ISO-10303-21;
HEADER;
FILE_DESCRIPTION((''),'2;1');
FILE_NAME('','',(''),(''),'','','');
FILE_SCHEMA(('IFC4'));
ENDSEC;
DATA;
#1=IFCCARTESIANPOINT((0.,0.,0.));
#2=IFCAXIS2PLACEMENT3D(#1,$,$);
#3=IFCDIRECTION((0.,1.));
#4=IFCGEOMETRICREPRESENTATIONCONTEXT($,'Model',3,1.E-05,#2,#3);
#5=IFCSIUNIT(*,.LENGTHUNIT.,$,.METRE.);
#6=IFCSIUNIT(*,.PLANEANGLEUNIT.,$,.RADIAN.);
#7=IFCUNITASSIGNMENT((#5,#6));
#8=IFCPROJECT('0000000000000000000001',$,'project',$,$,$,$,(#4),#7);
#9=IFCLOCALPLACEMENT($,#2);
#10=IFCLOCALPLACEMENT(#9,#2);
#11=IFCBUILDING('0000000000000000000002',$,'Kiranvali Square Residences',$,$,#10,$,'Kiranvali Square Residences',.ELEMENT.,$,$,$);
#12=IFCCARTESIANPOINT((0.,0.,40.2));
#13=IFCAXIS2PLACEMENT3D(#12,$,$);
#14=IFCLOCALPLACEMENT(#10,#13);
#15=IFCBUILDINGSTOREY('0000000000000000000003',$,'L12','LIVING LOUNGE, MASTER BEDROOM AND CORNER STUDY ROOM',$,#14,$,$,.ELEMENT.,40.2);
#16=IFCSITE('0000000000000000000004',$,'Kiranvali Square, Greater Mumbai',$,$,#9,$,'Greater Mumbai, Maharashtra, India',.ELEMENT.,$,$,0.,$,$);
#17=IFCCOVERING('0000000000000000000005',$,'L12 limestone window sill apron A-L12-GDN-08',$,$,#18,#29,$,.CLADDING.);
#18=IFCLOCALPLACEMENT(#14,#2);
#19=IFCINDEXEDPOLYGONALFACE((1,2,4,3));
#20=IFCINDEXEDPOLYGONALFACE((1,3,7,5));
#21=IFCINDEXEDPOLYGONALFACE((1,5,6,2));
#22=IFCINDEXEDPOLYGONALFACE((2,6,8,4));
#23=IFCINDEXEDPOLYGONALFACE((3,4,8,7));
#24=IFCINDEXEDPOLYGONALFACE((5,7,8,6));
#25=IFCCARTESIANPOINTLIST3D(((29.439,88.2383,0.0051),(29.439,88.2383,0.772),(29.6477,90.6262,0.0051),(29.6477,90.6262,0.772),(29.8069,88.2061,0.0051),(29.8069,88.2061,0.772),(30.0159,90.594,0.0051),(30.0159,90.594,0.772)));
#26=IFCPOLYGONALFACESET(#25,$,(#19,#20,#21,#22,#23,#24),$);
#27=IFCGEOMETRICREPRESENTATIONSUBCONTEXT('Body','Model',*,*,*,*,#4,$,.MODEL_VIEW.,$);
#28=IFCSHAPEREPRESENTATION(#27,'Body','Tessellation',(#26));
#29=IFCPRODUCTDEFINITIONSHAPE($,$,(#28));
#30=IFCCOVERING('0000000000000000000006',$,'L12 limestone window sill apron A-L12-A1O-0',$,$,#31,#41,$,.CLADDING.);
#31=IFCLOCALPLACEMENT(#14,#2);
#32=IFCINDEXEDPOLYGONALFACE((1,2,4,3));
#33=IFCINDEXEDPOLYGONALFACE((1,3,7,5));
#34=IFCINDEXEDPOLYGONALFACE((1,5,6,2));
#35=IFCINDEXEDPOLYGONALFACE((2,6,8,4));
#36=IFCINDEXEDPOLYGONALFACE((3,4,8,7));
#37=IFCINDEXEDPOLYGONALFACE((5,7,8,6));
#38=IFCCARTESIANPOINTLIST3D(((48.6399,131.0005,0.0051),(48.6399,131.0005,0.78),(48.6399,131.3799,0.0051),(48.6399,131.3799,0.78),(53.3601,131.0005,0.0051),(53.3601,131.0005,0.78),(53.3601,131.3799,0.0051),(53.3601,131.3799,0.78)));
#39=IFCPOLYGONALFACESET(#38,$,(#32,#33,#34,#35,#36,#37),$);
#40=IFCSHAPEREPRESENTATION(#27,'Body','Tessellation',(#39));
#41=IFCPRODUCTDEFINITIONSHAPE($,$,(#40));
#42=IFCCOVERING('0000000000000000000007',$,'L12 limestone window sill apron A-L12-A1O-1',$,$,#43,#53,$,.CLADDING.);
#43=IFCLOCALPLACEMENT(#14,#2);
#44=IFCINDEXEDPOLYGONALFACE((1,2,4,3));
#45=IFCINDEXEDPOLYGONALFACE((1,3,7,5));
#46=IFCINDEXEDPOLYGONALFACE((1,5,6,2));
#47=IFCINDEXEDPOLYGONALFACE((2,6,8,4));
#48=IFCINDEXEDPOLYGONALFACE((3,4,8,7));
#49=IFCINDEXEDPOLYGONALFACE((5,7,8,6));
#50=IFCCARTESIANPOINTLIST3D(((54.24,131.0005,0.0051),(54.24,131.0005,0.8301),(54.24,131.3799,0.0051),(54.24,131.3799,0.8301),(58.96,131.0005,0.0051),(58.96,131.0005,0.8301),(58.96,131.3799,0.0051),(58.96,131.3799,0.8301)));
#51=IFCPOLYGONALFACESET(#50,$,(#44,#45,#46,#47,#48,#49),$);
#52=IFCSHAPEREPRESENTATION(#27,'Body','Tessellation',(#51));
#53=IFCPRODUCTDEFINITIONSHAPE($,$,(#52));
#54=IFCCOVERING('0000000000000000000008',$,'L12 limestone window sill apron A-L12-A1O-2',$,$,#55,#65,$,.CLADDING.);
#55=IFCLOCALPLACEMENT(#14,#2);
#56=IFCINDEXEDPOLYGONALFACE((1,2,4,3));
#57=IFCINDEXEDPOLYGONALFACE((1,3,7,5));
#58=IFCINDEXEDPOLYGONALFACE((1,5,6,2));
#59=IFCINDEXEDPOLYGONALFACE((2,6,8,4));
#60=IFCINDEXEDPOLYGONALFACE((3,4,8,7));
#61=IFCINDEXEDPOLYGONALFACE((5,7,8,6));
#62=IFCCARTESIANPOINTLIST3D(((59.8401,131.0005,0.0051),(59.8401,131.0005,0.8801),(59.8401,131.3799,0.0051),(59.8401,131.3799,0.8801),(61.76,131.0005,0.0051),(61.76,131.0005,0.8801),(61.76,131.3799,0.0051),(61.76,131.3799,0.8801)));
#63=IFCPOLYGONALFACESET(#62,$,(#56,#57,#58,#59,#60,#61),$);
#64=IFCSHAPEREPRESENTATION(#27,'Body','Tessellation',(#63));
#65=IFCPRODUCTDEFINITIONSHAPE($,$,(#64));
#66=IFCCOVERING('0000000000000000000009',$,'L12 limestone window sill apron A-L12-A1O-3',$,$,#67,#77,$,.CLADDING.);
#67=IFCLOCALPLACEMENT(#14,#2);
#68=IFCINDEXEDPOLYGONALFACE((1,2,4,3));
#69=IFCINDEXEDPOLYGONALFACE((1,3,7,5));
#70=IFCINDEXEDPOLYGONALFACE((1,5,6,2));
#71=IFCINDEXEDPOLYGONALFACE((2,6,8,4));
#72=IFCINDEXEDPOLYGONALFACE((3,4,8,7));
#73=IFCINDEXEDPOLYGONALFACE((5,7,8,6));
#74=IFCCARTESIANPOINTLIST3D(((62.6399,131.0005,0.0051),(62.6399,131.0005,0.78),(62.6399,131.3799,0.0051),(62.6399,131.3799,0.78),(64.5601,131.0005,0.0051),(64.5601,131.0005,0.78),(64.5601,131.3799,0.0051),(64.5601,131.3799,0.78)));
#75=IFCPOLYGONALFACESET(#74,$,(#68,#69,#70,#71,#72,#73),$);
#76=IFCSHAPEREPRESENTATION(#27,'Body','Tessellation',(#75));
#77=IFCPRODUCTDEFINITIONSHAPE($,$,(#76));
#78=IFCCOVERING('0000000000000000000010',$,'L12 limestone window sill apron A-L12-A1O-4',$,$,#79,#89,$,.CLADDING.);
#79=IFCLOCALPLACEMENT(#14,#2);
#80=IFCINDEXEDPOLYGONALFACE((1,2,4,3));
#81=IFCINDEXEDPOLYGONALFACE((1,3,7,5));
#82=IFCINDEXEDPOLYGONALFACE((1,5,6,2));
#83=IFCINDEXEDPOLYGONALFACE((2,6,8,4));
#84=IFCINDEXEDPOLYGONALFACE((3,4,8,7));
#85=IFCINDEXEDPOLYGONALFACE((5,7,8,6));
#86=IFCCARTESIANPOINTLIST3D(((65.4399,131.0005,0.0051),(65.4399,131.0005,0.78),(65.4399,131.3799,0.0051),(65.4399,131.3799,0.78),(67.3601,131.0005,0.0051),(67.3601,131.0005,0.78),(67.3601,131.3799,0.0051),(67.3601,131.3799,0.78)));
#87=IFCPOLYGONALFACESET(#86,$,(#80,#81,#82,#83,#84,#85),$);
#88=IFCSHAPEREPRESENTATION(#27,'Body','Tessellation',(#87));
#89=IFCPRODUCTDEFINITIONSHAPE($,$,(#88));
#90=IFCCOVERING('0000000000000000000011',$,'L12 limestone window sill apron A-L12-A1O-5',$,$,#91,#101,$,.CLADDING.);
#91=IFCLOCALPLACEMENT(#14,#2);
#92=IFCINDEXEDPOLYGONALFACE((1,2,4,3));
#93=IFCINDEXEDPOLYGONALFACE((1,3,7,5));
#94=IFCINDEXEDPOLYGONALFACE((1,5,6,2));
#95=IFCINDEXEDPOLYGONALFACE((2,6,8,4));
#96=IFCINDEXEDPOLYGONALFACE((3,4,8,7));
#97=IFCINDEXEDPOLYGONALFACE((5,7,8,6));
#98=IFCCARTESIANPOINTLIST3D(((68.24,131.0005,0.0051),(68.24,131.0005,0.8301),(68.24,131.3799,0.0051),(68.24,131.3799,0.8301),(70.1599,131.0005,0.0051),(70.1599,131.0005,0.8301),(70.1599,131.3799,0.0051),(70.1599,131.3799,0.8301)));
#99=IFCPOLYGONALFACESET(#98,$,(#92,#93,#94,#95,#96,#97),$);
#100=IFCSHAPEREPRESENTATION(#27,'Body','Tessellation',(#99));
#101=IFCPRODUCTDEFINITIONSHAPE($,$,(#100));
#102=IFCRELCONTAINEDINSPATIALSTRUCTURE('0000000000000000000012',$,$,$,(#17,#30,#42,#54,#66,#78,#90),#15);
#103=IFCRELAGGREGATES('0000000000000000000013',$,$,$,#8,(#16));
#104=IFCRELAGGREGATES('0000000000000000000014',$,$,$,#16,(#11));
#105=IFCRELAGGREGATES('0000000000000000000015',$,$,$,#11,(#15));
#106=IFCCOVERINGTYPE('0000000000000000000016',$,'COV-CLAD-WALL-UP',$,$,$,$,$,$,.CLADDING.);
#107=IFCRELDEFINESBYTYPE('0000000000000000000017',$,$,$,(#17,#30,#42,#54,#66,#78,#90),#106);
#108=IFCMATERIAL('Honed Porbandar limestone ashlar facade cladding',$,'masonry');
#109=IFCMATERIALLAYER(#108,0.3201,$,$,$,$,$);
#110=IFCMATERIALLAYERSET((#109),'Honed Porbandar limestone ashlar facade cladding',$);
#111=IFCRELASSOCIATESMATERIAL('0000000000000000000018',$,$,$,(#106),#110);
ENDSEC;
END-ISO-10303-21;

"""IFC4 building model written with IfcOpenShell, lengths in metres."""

from ifc_helpers import new_model, si_unit, direction, frame, origin, place, context, subcontext, project, spatial, polyline, outline, extrude, material, layer, layer_set, type_object, element, save


model = new_model("IFC4")

# Units and contexts
model_context = context("Model", 3, precision=1e-05, world=origin(), true_north=direction((0.0, 1.0)))
body_context = subcontext(model_context, "Body", "Model", "MODEL_VIEW")
ifc_project = project(units=[si_unit("LENGTHUNIT", "METRE"), si_unit("PLANEANGLEUNIT", "RADIAN")], contexts=[model_context])

# Site, building, storey
site_placement = place(None, origin())
site = spatial("IfcSite", under=ifc_project, at=site_placement, Name="Kiranvali Square, Greater Mumbai", LongName="Greater Mumbai, Maharashtra, India", CompositionType="ELEMENT", RefElevation=0.0)
building_placement = place(site_placement, origin())
building = spatial("IfcBuilding", under=site, at=building_placement, Name="Kiranvali Square Residences", LongName="Kiranvali Square Residences", CompositionType="ELEMENT")
storey_placement = place(building_placement, frame((0.0, 0.0, 40.2)))
storey = spatial("IfcBuildingStorey", under=building, at=storey_placement, Name="L12", Description="LIVING LOUNGE, MASTER BEDROOM AND CORNER STUDY ROOM", CompositionType="ELEMENT", Elevation=40.2)

# Coverings
ifc_material = material(Name="Honed Porbandar limestone ashlar facade cladding", Category="masonry")
ifc_layer_1 = layer(ifc_material, 0.3201)
ifc_layer_set_1 = layer_set([ifc_layer_1], Name="Honed Porbandar limestone ashlar facade cladding")
covering_type_1 = type_object("IfcCoveringType", Name="COV-CLAD-WALL-UP", PredefinedType="CLADDING", material=ifc_layer_set_1)
covering_1_placement = place(storey_placement, frame((0.0, 0.0, 0.0051)))
element("IfcCovering", 1, at=covering_1_placement, inside=storey, type_object=covering_type_1, Name="L12 limestone window sill apron A-L12-GDN-08", PredefinedType="CLADDING", context=body_context, shape_type="SweptSolid", body=[
    extrude(outline(polyline([(29.6477, 90.6262), (29.439, 88.2383), (29.8069, 88.2061), (30.0159, 90.594), (29.6477, 90.6262)])), origin(), (0.0, 0.0, 1.0), 0.7668),
])
covering_2_placement = place(storey_placement, frame((0.0, 0.0, 0.0051)))
element("IfcCovering", 2, at=covering_2_placement, inside=storey, type_object=covering_type_1, Name="L12 limestone window sill apron A-L12-A1O-0", PredefinedType="CLADDING", context=body_context, shape_type="SweptSolid", body=[
    extrude(outline(polyline([(48.6399, 131.0005), (53.3601, 131.0005), (53.3601, 131.3799), (48.6399, 131.3799), (48.6399, 131.0005)])), origin(), (0.0, 0.0, 1.0), 0.7749),
])
covering_3_placement = place(storey_placement, frame((0.0, 0.0, 0.0051)))
element("IfcCovering", 3, at=covering_3_placement, inside=storey, type_object=covering_type_1, Name="L12 limestone window sill apron A-L12-A1O-1", PredefinedType="CLADDING", context=body_context, shape_type="SweptSolid", body=[
    extrude(outline(polyline([(54.24, 131.0005), (58.96, 131.0005), (58.96, 131.3799), (54.24, 131.3799), (54.24, 131.0005)])), origin(), (0.0, 0.0, 1.0), 0.825),
])
covering_4_placement = place(storey_placement, frame((0.0, 0.0, 0.0051)))
element("IfcCovering", 4, at=covering_4_placement, inside=storey, type_object=covering_type_1, Name="L12 limestone window sill apron A-L12-A1O-2", PredefinedType="CLADDING", context=body_context, shape_type="SweptSolid", body=[
    extrude(outline(polyline([(59.8401, 131.0005), (61.76, 131.0005), (61.76, 131.3799), (59.8401, 131.3799), (59.8401, 131.0005)])), origin(), (0.0, 0.0, 1.0), 0.875),
])
covering_5_placement = place(storey_placement, frame((0.0, 0.0, 0.0051)))
element("IfcCovering", 5, at=covering_5_placement, inside=storey, type_object=covering_type_1, Name="L12 limestone window sill apron A-L12-A1O-3", PredefinedType="CLADDING", context=body_context, shape_type="SweptSolid", body=[
    extrude(outline(polyline([(62.6399, 131.0005), (64.5601, 131.0005), (64.5601, 131.3799), (62.6399, 131.3799), (62.6399, 131.0005)])), origin(), (0.0, 0.0, 1.0), 0.7749),
])
covering_6_placement = place(storey_placement, frame((0.0, 0.0, 0.0051)))
element("IfcCovering", 6, at=covering_6_placement, inside=storey, type_object=covering_type_1, Name="L12 limestone window sill apron A-L12-A1O-4", PredefinedType="CLADDING", context=body_context, shape_type="SweptSolid", body=[
    extrude(outline(polyline([(65.4399, 131.0005), (67.3601, 131.0005), (67.3601, 131.3799), (65.4399, 131.3799), (65.4399, 131.0005)])), origin(), (0.0, 0.0, 1.0), 0.7749),
])
covering_7_placement = place(storey_placement, frame((0.0, 0.0, 0.0051)))
element("IfcCovering", 7, at=covering_7_placement, inside=storey, type_object=covering_type_1, Name="L12 limestone window sill apron A-L12-A1O-5", PredefinedType="CLADDING", context=body_context, shape_type="SweptSolid", body=[
    extrude(outline(polyline([(68.24, 131.0005), (70.1599, 131.0005), (70.1599, 131.3799), (68.24, 131.3799), (68.24, 131.0005)])), origin(), (0.0, 0.0, 1.0), 0.825),
])

save(model, "model.ifc")
